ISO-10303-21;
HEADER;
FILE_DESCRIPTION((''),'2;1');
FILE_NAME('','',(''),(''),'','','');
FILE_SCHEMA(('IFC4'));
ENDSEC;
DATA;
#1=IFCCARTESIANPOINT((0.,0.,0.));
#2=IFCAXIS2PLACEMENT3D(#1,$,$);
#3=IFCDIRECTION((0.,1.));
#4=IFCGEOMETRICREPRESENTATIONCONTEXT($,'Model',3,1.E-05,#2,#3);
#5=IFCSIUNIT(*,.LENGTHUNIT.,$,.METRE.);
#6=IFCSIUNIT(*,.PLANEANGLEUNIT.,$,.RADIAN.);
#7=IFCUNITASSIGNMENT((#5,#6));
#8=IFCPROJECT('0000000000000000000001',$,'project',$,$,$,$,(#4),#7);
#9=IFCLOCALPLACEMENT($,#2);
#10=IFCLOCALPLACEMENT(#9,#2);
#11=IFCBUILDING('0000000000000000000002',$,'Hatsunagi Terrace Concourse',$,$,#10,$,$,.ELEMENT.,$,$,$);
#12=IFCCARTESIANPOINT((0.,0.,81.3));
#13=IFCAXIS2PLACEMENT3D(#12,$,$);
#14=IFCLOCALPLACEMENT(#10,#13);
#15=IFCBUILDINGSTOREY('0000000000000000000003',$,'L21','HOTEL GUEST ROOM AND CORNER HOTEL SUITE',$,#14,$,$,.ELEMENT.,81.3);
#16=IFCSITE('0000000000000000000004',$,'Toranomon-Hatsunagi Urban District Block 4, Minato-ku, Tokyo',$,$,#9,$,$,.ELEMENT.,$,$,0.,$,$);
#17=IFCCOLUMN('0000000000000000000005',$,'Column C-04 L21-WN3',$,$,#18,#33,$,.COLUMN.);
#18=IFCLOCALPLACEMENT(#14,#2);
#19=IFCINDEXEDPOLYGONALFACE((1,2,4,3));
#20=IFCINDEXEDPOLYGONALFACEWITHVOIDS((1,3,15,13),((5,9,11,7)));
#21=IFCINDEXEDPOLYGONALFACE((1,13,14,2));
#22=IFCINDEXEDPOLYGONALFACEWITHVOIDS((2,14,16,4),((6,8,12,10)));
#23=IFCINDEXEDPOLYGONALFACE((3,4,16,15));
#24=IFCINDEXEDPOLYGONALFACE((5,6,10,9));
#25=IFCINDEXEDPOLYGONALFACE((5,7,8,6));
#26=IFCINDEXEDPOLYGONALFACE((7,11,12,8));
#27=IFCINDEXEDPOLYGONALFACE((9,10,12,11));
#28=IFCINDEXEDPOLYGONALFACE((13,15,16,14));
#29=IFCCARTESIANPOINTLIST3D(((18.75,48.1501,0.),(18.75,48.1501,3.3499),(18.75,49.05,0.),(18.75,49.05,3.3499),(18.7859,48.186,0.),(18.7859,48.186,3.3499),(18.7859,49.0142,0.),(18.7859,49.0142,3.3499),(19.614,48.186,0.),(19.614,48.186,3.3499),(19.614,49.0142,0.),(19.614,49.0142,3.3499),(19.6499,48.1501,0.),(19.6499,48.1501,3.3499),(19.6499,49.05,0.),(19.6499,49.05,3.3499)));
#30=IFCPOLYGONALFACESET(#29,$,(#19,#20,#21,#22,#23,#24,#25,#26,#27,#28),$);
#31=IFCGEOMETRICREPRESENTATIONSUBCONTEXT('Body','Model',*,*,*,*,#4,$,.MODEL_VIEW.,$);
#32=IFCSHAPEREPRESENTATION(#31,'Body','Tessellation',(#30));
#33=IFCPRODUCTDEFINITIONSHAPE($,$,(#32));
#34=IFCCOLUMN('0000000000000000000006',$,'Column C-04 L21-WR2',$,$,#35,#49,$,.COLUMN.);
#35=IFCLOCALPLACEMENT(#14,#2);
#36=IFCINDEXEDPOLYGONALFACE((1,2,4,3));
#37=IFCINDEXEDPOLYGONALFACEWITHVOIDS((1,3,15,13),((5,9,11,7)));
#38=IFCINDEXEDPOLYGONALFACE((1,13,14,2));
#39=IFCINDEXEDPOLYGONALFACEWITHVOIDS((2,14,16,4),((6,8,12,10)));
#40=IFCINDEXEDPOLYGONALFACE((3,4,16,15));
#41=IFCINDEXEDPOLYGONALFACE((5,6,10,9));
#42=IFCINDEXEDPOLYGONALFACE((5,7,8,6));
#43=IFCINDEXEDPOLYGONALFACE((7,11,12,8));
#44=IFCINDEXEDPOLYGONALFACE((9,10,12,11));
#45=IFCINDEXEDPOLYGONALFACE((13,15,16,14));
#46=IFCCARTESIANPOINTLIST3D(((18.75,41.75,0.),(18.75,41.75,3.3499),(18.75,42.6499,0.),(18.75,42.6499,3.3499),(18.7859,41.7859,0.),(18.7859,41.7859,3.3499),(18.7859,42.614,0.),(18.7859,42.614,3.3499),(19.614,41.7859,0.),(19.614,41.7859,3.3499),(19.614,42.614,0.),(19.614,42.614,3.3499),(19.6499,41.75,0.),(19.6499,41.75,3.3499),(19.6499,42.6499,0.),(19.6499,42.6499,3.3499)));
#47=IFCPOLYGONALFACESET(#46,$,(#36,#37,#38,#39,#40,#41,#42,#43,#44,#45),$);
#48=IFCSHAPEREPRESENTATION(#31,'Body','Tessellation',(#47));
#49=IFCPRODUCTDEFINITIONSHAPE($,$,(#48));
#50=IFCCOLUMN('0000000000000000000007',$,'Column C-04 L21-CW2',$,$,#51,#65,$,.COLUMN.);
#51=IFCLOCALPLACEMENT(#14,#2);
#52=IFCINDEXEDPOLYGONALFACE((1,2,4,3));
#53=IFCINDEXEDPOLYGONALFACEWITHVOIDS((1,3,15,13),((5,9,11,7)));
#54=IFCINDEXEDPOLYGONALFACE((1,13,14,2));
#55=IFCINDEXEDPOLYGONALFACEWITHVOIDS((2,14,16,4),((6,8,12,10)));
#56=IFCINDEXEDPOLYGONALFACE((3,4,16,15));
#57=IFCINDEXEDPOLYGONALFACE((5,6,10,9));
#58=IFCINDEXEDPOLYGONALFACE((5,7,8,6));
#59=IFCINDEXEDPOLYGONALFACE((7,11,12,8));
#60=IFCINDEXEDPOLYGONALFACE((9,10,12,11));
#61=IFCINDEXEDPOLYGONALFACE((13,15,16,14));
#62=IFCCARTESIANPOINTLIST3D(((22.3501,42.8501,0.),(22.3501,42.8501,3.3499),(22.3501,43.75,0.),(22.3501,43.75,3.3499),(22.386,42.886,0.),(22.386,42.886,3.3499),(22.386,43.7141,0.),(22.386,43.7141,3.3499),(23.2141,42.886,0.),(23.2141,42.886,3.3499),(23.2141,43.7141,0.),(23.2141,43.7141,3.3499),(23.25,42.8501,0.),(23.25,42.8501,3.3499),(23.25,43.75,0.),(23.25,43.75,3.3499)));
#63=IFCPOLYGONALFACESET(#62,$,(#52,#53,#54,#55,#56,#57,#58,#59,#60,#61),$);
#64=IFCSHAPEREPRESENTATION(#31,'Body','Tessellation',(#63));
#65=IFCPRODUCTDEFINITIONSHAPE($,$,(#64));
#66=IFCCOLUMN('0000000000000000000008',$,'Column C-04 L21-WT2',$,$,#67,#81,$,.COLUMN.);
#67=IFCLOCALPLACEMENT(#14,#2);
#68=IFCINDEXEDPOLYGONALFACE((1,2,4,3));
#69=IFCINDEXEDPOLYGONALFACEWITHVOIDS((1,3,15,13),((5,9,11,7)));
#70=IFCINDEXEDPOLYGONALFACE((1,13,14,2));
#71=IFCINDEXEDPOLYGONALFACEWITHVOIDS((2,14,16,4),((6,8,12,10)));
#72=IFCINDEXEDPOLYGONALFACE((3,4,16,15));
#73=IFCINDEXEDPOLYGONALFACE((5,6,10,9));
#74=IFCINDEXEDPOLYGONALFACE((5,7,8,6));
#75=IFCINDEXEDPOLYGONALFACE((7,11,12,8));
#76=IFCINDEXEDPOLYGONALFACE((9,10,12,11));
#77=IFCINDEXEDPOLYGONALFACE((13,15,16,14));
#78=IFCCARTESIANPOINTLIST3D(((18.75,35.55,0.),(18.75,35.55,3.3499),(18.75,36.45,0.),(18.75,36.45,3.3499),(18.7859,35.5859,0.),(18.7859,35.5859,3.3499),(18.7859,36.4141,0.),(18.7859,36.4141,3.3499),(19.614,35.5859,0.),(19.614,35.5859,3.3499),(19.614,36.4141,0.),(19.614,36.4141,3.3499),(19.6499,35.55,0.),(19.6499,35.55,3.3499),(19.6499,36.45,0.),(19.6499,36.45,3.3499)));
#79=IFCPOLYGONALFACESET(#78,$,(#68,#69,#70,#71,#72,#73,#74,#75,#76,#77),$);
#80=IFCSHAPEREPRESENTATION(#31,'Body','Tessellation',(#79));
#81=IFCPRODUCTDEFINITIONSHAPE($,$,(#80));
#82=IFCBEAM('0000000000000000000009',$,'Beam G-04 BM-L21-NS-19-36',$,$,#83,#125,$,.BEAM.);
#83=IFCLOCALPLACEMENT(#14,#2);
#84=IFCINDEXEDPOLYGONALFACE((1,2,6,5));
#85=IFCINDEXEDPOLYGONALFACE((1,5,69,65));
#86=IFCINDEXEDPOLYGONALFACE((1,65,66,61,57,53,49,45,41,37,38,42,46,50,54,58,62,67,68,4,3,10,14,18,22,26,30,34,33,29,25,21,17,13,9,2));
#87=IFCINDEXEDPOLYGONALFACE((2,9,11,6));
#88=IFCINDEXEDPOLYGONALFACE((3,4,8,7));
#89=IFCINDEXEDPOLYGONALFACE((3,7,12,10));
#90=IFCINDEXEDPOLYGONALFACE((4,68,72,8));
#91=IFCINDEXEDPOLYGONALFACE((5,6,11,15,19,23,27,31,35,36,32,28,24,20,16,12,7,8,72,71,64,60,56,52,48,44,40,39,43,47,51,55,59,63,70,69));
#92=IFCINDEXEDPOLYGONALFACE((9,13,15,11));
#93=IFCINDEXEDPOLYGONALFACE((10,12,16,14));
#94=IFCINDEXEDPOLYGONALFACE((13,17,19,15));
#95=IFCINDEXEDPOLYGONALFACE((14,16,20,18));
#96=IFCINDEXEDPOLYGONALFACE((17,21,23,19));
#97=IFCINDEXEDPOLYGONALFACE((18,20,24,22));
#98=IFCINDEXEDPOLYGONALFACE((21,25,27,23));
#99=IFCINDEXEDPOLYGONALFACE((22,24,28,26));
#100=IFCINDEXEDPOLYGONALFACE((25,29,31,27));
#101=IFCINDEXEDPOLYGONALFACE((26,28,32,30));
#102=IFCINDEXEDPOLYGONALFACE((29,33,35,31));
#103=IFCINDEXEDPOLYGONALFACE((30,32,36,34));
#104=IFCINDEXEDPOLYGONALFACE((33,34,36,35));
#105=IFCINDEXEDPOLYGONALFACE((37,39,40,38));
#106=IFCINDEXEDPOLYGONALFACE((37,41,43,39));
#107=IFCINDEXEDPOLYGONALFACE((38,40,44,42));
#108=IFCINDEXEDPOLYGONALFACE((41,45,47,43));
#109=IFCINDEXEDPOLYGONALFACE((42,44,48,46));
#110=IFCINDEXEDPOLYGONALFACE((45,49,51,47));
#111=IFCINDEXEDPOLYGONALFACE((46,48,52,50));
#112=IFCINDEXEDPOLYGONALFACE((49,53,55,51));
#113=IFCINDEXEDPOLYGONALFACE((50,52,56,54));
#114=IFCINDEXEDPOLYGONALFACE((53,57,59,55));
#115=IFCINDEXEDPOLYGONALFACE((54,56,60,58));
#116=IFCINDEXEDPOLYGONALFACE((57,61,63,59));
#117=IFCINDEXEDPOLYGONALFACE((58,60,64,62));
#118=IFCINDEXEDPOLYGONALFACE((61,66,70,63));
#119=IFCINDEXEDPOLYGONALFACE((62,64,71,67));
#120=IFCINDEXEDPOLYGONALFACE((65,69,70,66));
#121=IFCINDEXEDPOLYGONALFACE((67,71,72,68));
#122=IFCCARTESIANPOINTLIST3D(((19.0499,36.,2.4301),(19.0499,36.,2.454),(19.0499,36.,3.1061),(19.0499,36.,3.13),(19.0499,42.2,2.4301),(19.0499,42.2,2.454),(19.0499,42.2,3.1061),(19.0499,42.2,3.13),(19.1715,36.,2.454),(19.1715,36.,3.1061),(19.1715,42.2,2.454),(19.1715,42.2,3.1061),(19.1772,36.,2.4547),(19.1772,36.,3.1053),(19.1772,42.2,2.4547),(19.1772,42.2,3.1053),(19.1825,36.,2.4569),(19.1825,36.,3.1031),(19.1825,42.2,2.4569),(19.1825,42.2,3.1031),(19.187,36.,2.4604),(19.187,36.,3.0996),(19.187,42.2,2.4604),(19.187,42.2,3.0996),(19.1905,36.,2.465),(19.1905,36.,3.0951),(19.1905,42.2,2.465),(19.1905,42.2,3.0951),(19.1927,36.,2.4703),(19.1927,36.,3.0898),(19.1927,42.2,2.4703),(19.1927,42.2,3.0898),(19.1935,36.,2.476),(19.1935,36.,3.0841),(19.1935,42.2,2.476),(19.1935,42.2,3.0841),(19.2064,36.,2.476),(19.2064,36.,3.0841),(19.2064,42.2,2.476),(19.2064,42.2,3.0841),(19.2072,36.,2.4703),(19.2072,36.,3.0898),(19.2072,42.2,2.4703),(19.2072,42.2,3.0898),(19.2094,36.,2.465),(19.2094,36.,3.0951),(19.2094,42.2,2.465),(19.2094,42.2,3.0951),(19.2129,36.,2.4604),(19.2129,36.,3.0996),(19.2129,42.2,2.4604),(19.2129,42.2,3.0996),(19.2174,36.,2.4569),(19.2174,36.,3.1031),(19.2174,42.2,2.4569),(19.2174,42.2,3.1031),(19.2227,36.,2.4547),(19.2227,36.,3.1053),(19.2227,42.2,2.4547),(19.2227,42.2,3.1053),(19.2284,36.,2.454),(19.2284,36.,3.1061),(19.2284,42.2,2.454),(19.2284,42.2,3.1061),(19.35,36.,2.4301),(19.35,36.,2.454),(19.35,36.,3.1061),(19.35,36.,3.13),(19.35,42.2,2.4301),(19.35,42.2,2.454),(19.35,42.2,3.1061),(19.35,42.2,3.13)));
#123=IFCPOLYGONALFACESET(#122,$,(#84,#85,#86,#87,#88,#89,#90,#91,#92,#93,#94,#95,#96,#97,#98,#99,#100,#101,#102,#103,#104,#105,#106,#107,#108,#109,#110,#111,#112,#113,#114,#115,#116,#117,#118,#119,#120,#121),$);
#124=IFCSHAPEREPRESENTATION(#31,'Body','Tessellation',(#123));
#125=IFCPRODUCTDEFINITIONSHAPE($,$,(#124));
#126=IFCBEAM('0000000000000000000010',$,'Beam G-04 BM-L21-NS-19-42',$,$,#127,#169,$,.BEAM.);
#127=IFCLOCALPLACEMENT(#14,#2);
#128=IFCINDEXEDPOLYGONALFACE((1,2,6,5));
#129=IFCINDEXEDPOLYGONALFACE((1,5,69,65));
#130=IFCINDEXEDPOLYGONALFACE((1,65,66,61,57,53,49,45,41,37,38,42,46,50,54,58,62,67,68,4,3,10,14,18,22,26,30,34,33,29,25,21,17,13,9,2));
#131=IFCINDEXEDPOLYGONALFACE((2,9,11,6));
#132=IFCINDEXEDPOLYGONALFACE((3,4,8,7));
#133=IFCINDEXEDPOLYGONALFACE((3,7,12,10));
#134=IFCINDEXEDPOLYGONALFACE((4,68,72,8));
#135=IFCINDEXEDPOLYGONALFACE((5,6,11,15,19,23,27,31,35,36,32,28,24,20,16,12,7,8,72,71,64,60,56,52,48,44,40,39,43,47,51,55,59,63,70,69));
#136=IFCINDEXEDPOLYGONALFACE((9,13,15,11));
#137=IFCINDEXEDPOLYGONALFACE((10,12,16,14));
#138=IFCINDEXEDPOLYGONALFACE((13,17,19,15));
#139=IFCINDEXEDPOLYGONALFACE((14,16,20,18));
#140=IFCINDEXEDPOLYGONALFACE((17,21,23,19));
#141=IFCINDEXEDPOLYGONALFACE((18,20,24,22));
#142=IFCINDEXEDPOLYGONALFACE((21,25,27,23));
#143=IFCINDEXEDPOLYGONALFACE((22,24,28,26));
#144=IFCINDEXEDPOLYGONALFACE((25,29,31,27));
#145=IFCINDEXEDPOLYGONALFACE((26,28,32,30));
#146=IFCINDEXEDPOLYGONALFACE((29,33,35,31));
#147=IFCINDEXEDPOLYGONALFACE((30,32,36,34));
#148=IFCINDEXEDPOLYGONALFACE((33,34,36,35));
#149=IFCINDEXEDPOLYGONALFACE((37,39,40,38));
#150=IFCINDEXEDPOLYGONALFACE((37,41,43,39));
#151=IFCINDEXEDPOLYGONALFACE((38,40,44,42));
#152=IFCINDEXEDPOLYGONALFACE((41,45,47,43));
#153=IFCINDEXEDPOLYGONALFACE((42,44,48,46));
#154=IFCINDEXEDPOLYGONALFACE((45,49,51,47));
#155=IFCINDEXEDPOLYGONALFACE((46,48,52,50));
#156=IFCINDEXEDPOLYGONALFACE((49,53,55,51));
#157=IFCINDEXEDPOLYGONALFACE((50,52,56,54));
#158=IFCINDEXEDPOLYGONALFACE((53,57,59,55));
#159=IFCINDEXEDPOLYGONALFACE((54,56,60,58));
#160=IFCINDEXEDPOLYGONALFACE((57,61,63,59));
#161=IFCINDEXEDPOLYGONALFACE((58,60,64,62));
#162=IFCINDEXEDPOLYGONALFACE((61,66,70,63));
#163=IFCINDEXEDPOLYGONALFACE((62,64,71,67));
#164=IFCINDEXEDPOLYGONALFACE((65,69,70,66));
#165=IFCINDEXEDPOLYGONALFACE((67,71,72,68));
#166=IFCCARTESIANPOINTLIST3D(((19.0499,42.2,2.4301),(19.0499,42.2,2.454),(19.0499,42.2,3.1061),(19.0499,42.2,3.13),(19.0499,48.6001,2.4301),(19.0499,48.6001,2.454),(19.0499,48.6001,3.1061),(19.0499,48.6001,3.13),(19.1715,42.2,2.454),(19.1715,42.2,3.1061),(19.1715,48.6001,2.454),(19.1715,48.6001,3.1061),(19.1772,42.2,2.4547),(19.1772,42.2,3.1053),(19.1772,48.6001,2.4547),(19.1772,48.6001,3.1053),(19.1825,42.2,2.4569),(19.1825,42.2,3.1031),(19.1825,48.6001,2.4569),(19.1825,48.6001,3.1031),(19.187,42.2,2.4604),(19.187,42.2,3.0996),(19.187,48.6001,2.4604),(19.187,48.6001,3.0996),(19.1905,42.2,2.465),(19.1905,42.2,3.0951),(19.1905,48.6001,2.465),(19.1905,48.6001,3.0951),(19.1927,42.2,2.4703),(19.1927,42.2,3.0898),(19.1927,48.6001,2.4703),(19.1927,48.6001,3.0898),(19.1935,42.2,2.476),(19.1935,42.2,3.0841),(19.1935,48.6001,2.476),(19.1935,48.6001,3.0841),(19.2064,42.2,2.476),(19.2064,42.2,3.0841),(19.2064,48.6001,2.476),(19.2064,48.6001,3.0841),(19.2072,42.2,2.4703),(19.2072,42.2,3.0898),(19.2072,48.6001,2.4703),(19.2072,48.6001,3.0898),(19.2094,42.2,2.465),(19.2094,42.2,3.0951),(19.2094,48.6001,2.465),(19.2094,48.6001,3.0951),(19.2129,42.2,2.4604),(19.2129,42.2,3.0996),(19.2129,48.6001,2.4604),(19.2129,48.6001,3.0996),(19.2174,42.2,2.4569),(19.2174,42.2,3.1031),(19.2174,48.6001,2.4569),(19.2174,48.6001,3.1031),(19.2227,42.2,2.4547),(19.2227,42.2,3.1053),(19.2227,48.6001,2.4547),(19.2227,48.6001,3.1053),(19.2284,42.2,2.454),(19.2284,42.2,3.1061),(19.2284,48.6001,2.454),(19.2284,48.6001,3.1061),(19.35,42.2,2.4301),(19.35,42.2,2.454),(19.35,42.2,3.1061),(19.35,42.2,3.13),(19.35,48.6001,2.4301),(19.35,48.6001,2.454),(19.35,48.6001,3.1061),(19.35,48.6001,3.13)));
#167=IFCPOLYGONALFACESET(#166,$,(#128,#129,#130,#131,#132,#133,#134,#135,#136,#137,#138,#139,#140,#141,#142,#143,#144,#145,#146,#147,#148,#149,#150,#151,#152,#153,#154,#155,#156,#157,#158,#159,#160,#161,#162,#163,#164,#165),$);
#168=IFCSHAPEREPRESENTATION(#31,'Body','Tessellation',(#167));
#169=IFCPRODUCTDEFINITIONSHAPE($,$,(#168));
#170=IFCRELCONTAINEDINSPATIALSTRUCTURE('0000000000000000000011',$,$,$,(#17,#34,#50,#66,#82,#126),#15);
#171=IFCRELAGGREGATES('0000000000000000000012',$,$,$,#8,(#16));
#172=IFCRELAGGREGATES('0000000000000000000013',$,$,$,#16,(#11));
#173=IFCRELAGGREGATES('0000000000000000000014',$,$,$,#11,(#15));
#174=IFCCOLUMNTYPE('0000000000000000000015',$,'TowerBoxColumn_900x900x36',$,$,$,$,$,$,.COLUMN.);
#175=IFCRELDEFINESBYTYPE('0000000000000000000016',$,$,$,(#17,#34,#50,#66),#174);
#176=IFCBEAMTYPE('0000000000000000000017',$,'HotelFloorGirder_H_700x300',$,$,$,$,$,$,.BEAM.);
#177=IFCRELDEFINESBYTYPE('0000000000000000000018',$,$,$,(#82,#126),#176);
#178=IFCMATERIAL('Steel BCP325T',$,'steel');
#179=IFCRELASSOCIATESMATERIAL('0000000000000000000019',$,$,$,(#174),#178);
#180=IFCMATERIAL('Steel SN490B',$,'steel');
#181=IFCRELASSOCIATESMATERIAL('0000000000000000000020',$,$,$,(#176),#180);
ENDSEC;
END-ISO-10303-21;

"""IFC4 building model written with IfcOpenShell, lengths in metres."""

from ifc_helpers import new_model, si_unit, direction, frame, origin, origin_2d, place, context, subcontext, project, spatial, hollow_rectangle, i_section, extrude, material, material_profile, profile_set, type_object, element, save


model = new_model("IFC4")

# Units and contexts
model_context = context("Model", 3, precision=1e-05, world=origin(), true_north=direction((0.0, 1.0)))
body_context = subcontext(model_context, "Body", "Model", "MODEL_VIEW")
ifc_project = project(units=[si_unit("LENGTHUNIT", "METRE"), si_unit("PLANEANGLEUNIT", "RADIAN")], contexts=[model_context])

# Site, building, storey
site_placement = place(None, origin())
site = spatial("IfcSite", under=ifc_project, at=site_placement, Name="Toranomon-Hatsunagi Urban District Block 4, Minato-ku, Tokyo", CompositionType="ELEMENT", RefElevation=0.0)
building_placement = place(site_placement, origin())
building = spatial("IfcBuilding", under=site, at=building_placement, Name="Hatsunagi Terrace Concourse", CompositionType="ELEMENT")
storey_placement = place(building_placement, frame((0.0, 0.0, 81.3)))
storey = spatial("IfcBuildingStorey", under=building, at=storey_placement, Name="L21", Description="HOTEL GUEST ROOM AND CORNER HOTEL SUITE", CompositionType="ELEMENT", Elevation=81.3)

# Columns
ifc_material_1 = material(Name="Steel BCP325T", Category="steel")
ifc_material_profile_1 = material_profile(ifc_material_1, hollow_rectangle(XDim=0.8999, YDim=0.8999, WallThickness=0.0359, at=origin_2d()), Name="BCP-900x900x36")
ifc_profile_set_1 = profile_set([ifc_material_profile_1], Name="Steel BCP325T")
column_type = type_object("IfcColumnType", Name="TowerBoxColumn_900x900x36", PredefinedType="COLUMN", material=ifc_profile_set_1)
for number, where, z_axis, x_axis, name in (
    (1, (19.2, 48.6001, 0.0), (0.0, 0.0, 1.0), (1.0, 0.0, 0.0), "Column C-04 L21-WN3"),
    (2, (19.2, 42.2, 0.0), (0.0, 0.0, 1.0), (1.0, 0.0, 0.0), "Column C-04 L21-WR2"),
    (3, (22.8, 43.3, 0.0), (0.0, 0.0, 1.0), (1.0, 0.0, 0.0), "Column C-04 L21-CW2"),
    (4, (19.2, 36.0, 0.0), (0.0, 0.0, 1.0), (1.0, 0.0, 0.0), "Column C-04 L21-WT2"),
):
    element("IfcColumn", number, at=place(storey_placement, frame(where, z_axis=z_axis, x_axis=x_axis)), inside=storey, type_object=column_type, Name=name, PredefinedType="COLUMN", context=body_context, shape_type="SweptSolid", body=[
        extrude(hollow_rectangle(XDim=0.8999, YDim=0.8999, WallThickness=0.0359, at=origin_2d()), origin(), (0.0, 0.0, 1.0), 3.3499),
    ])

# Beams
ifc_material_2 = material(Name="Steel SN490B", Category="steel")
ifc_material_profile_2 = material_profile(ifc_material_2, i_section(OverallWidth=0.3, OverallDepth=0.7, WebThickness=0.0129, FlangeThickness=0.0239, FilletRadius=0.022, at=origin_2d()), Name="H-700x300x13x24")
ifc_profile_set_2 = profile_set([ifc_material_profile_2], Name="Steel SN490B")
beam_type_1 = type_object("IfcBeamType", Name="HotelFloorGirder_H_700x300", PredefinedType="BEAM", material=ifc_profile_set_2)
beam_1_placement = place(storey_placement, frame((19.2, 36.0, 2.78), z_axis=(0.0, 1.0, 0.0), x_axis=(-1.0, 0.0, 0.0)))
element("IfcBeam", 5, at=beam_1_placement, inside=storey, type_object=beam_type_1, Name="Beam G-04 BM-L21-NS-19-36", PredefinedType="BEAM", context=body_context, shape_type="SweptSolid", body=[
    extrude(i_section(OverallWidth=0.3, OverallDepth=0.7, WebThickness=0.0129, FlangeThickness=0.0239, FilletRadius=0.022, at=origin_2d()), origin(), (0.0, 0.0, 1.0), 6.2),
])
beam_2_placement = place(storey_placement, frame((19.2, 42.2, 2.78), z_axis=(0.0, 1.0, 0.0), x_axis=(-1.0, 0.0, 0.0)))
element("IfcBeam", 6, at=beam_2_placement, inside=storey, type_object=beam_type_1, Name="Beam G-04 BM-L21-NS-19-42", PredefinedType="BEAM", context=body_context, shape_type="SweptSolid", body=[
    extrude(i_section(OverallWidth=0.3, OverallDepth=0.7, WebThickness=0.0129, FlangeThickness=0.0239, FilletRadius=0.022, at=origin_2d()), origin(), (0.0, 0.0, 1.0), 6.4001),
])

save(model, "model.ifc")
